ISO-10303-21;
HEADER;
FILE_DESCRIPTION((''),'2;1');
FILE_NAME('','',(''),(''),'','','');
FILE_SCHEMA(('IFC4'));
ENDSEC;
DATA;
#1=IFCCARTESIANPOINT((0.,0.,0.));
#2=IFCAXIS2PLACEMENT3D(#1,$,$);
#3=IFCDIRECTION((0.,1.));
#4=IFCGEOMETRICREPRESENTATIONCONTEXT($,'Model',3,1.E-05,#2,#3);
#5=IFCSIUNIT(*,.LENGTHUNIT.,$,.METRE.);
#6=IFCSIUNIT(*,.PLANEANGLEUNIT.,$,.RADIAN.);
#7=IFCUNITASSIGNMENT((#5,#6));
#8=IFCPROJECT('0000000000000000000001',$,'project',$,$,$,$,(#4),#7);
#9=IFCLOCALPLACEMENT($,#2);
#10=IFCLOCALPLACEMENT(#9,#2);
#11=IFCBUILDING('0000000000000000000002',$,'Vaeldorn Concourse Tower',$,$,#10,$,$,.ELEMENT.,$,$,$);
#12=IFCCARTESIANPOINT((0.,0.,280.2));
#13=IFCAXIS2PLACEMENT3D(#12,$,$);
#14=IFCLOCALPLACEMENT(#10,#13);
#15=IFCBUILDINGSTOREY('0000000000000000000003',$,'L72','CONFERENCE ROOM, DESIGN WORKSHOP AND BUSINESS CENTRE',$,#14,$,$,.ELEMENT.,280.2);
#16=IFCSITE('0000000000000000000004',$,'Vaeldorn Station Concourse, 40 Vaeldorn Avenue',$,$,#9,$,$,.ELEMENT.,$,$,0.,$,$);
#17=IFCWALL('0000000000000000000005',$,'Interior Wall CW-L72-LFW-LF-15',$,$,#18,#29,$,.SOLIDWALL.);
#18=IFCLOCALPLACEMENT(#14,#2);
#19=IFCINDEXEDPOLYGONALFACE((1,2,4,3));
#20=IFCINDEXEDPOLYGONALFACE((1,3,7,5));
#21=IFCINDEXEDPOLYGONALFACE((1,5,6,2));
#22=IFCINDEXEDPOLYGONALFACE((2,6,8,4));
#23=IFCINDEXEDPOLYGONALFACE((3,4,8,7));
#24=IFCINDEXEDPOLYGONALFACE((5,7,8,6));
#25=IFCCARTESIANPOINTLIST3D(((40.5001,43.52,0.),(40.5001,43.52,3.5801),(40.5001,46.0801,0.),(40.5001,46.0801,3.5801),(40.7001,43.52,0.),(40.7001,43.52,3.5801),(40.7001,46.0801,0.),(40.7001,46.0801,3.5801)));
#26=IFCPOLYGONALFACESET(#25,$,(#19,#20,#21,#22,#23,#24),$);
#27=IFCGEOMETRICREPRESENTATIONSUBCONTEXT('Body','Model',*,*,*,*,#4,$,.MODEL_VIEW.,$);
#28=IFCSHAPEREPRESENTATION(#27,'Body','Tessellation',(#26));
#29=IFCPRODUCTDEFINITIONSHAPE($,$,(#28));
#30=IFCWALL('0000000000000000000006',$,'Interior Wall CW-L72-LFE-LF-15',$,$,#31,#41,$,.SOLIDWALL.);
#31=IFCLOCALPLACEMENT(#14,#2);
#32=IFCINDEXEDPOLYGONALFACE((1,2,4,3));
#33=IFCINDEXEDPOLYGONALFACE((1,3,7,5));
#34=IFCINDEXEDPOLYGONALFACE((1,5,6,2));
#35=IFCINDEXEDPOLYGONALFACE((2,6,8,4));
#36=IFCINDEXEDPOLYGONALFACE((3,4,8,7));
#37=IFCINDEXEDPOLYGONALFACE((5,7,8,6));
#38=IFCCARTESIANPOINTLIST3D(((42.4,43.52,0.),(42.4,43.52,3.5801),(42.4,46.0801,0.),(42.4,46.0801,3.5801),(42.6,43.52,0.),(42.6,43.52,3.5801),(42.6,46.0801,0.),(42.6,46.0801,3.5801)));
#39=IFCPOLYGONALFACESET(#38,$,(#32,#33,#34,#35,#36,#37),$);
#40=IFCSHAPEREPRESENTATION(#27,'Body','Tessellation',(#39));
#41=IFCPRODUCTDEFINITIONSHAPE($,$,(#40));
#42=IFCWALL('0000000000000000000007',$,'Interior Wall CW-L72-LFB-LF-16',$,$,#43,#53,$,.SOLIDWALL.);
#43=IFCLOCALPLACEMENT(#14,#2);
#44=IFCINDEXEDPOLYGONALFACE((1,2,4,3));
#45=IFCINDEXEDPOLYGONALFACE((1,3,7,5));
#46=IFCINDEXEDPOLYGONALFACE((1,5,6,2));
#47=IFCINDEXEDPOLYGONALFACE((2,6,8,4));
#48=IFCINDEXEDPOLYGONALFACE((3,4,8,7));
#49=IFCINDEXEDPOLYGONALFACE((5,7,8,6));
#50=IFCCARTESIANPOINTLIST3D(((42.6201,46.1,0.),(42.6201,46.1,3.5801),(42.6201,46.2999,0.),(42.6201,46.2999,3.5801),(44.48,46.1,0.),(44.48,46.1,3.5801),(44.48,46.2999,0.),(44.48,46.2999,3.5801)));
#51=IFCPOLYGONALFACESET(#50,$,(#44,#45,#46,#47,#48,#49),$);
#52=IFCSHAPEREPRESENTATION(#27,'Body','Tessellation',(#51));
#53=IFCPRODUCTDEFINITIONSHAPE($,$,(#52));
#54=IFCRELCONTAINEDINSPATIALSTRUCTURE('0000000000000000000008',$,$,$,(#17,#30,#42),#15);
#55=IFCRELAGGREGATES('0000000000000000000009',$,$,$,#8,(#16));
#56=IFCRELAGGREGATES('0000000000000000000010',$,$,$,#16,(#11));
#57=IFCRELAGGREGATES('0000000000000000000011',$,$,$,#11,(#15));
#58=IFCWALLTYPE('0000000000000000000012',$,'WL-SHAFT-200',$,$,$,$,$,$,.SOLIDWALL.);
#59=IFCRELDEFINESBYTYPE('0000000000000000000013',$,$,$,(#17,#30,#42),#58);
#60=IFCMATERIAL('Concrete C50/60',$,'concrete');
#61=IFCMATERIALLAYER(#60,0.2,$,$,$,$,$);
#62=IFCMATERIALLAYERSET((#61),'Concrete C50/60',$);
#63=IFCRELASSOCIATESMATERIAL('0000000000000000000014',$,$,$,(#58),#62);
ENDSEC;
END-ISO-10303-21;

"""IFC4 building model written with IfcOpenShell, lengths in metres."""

from ifc_helpers import new_model, si_unit, direction, frame, frame_2d, origin, place, context, subcontext, project, spatial, rectangle, extrude, material, layer, layer_set, type_object, element, save


model = new_model("IFC4")

# Units and contexts
model_context = context("Model", 3, precision=1e-05, world=origin(), true_north=direction((0.0, 1.0)))
body_context = subcontext(model_context, "Body", "Model", "MODEL_VIEW")
ifc_project = project(units=[si_unit("LENGTHUNIT", "METRE"), si_unit("PLANEANGLEUNIT", "RADIAN")], contexts=[model_context])

# Site, building, storey
site_placement = place(None, origin())
site = spatial("IfcSite", under=ifc_project, at=site_placement, Name="Vaeldorn Station Concourse, 40 Vaeldorn Avenue", CompositionType="ELEMENT", RefElevation=0.0)
building_placement = place(site_placement, origin())
building = spatial("IfcBuilding", under=site, at=building_placement, Name="Vaeldorn Concourse Tower", CompositionType="ELEMENT")
storey_placement = place(building_placement, frame((0.0, 0.0, 280.2)))
storey = spatial("IfcBuildingStorey", under=building, at=storey_placement, Name="L72", Description="CONFERENCE ROOM, DESIGN WORKSHOP AND BUSINESS CENTRE", CompositionType="ELEMENT", Elevation=280.2)

# Shared definitions
ifc_material_1 = material(Name="Concrete C50/60", Category="concrete")

# Shared definitions
ifc_layer_1 = layer(ifc_material_1, 0.2)
ifc_layer_set_1 = layer_set([ifc_layer_1], Name="Concrete C50/60")
wall_type_1 = type_object("IfcWallType", Name="WL-SHAFT-200", PredefinedType="SOLIDWALL", material=ifc_layer_set_1)

# Walls
for number, where, z_axis, x_axis, name in (
    (1, (40.6001, 43.52, 0.0), (0.0, 0.0, 1.0), (0.0, 1.0, 0.0), "Interior Wall CW-L72-LFW-LF-15"),
    (2, (42.5, 43.52, 0.0), (0.0, 0.0, 1.0), (0.0, 1.0, 0.0), "Interior Wall CW-L72-LFE-LF-15"),
):
    element("IfcWall", number, at=place(storey_placement, frame(where, z_axis=z_axis, x_axis=x_axis)), inside=storey, type_object=wall_type_1, Name=name, PredefinedType="SOLIDWALL", context=body_context, shape_type="SweptSolid", body=[
        extrude(rectangle(XDim=2.5601, YDim=0.2, at=frame_2d((1.28, 0.0))), origin(), (0.0, 0.0, 1.0), 3.5801),
    ])

# Wall
wall_1_placement = place(storey_placement, frame((42.6201, 46.2, 0.0), z_axis=(0.0, 0.0, 1.0), x_axis=(1.0, 0.0, 0.0)))
element("IfcWall", 3, at=wall_1_placement, inside=storey, type_object=wall_type_1, Name="Interior Wall CW-L72-LFB-LF-16", PredefinedType="SOLIDWALL", context=body_context, shape_type="SweptSolid", body=[
    extrude(rectangle(XDim=1.8599, YDim=0.2, at=frame_2d((0.9299, 0.0))), origin(), (0.0, 0.0, 1.0), 3.5801),
])

save(model, "model.ifc")
